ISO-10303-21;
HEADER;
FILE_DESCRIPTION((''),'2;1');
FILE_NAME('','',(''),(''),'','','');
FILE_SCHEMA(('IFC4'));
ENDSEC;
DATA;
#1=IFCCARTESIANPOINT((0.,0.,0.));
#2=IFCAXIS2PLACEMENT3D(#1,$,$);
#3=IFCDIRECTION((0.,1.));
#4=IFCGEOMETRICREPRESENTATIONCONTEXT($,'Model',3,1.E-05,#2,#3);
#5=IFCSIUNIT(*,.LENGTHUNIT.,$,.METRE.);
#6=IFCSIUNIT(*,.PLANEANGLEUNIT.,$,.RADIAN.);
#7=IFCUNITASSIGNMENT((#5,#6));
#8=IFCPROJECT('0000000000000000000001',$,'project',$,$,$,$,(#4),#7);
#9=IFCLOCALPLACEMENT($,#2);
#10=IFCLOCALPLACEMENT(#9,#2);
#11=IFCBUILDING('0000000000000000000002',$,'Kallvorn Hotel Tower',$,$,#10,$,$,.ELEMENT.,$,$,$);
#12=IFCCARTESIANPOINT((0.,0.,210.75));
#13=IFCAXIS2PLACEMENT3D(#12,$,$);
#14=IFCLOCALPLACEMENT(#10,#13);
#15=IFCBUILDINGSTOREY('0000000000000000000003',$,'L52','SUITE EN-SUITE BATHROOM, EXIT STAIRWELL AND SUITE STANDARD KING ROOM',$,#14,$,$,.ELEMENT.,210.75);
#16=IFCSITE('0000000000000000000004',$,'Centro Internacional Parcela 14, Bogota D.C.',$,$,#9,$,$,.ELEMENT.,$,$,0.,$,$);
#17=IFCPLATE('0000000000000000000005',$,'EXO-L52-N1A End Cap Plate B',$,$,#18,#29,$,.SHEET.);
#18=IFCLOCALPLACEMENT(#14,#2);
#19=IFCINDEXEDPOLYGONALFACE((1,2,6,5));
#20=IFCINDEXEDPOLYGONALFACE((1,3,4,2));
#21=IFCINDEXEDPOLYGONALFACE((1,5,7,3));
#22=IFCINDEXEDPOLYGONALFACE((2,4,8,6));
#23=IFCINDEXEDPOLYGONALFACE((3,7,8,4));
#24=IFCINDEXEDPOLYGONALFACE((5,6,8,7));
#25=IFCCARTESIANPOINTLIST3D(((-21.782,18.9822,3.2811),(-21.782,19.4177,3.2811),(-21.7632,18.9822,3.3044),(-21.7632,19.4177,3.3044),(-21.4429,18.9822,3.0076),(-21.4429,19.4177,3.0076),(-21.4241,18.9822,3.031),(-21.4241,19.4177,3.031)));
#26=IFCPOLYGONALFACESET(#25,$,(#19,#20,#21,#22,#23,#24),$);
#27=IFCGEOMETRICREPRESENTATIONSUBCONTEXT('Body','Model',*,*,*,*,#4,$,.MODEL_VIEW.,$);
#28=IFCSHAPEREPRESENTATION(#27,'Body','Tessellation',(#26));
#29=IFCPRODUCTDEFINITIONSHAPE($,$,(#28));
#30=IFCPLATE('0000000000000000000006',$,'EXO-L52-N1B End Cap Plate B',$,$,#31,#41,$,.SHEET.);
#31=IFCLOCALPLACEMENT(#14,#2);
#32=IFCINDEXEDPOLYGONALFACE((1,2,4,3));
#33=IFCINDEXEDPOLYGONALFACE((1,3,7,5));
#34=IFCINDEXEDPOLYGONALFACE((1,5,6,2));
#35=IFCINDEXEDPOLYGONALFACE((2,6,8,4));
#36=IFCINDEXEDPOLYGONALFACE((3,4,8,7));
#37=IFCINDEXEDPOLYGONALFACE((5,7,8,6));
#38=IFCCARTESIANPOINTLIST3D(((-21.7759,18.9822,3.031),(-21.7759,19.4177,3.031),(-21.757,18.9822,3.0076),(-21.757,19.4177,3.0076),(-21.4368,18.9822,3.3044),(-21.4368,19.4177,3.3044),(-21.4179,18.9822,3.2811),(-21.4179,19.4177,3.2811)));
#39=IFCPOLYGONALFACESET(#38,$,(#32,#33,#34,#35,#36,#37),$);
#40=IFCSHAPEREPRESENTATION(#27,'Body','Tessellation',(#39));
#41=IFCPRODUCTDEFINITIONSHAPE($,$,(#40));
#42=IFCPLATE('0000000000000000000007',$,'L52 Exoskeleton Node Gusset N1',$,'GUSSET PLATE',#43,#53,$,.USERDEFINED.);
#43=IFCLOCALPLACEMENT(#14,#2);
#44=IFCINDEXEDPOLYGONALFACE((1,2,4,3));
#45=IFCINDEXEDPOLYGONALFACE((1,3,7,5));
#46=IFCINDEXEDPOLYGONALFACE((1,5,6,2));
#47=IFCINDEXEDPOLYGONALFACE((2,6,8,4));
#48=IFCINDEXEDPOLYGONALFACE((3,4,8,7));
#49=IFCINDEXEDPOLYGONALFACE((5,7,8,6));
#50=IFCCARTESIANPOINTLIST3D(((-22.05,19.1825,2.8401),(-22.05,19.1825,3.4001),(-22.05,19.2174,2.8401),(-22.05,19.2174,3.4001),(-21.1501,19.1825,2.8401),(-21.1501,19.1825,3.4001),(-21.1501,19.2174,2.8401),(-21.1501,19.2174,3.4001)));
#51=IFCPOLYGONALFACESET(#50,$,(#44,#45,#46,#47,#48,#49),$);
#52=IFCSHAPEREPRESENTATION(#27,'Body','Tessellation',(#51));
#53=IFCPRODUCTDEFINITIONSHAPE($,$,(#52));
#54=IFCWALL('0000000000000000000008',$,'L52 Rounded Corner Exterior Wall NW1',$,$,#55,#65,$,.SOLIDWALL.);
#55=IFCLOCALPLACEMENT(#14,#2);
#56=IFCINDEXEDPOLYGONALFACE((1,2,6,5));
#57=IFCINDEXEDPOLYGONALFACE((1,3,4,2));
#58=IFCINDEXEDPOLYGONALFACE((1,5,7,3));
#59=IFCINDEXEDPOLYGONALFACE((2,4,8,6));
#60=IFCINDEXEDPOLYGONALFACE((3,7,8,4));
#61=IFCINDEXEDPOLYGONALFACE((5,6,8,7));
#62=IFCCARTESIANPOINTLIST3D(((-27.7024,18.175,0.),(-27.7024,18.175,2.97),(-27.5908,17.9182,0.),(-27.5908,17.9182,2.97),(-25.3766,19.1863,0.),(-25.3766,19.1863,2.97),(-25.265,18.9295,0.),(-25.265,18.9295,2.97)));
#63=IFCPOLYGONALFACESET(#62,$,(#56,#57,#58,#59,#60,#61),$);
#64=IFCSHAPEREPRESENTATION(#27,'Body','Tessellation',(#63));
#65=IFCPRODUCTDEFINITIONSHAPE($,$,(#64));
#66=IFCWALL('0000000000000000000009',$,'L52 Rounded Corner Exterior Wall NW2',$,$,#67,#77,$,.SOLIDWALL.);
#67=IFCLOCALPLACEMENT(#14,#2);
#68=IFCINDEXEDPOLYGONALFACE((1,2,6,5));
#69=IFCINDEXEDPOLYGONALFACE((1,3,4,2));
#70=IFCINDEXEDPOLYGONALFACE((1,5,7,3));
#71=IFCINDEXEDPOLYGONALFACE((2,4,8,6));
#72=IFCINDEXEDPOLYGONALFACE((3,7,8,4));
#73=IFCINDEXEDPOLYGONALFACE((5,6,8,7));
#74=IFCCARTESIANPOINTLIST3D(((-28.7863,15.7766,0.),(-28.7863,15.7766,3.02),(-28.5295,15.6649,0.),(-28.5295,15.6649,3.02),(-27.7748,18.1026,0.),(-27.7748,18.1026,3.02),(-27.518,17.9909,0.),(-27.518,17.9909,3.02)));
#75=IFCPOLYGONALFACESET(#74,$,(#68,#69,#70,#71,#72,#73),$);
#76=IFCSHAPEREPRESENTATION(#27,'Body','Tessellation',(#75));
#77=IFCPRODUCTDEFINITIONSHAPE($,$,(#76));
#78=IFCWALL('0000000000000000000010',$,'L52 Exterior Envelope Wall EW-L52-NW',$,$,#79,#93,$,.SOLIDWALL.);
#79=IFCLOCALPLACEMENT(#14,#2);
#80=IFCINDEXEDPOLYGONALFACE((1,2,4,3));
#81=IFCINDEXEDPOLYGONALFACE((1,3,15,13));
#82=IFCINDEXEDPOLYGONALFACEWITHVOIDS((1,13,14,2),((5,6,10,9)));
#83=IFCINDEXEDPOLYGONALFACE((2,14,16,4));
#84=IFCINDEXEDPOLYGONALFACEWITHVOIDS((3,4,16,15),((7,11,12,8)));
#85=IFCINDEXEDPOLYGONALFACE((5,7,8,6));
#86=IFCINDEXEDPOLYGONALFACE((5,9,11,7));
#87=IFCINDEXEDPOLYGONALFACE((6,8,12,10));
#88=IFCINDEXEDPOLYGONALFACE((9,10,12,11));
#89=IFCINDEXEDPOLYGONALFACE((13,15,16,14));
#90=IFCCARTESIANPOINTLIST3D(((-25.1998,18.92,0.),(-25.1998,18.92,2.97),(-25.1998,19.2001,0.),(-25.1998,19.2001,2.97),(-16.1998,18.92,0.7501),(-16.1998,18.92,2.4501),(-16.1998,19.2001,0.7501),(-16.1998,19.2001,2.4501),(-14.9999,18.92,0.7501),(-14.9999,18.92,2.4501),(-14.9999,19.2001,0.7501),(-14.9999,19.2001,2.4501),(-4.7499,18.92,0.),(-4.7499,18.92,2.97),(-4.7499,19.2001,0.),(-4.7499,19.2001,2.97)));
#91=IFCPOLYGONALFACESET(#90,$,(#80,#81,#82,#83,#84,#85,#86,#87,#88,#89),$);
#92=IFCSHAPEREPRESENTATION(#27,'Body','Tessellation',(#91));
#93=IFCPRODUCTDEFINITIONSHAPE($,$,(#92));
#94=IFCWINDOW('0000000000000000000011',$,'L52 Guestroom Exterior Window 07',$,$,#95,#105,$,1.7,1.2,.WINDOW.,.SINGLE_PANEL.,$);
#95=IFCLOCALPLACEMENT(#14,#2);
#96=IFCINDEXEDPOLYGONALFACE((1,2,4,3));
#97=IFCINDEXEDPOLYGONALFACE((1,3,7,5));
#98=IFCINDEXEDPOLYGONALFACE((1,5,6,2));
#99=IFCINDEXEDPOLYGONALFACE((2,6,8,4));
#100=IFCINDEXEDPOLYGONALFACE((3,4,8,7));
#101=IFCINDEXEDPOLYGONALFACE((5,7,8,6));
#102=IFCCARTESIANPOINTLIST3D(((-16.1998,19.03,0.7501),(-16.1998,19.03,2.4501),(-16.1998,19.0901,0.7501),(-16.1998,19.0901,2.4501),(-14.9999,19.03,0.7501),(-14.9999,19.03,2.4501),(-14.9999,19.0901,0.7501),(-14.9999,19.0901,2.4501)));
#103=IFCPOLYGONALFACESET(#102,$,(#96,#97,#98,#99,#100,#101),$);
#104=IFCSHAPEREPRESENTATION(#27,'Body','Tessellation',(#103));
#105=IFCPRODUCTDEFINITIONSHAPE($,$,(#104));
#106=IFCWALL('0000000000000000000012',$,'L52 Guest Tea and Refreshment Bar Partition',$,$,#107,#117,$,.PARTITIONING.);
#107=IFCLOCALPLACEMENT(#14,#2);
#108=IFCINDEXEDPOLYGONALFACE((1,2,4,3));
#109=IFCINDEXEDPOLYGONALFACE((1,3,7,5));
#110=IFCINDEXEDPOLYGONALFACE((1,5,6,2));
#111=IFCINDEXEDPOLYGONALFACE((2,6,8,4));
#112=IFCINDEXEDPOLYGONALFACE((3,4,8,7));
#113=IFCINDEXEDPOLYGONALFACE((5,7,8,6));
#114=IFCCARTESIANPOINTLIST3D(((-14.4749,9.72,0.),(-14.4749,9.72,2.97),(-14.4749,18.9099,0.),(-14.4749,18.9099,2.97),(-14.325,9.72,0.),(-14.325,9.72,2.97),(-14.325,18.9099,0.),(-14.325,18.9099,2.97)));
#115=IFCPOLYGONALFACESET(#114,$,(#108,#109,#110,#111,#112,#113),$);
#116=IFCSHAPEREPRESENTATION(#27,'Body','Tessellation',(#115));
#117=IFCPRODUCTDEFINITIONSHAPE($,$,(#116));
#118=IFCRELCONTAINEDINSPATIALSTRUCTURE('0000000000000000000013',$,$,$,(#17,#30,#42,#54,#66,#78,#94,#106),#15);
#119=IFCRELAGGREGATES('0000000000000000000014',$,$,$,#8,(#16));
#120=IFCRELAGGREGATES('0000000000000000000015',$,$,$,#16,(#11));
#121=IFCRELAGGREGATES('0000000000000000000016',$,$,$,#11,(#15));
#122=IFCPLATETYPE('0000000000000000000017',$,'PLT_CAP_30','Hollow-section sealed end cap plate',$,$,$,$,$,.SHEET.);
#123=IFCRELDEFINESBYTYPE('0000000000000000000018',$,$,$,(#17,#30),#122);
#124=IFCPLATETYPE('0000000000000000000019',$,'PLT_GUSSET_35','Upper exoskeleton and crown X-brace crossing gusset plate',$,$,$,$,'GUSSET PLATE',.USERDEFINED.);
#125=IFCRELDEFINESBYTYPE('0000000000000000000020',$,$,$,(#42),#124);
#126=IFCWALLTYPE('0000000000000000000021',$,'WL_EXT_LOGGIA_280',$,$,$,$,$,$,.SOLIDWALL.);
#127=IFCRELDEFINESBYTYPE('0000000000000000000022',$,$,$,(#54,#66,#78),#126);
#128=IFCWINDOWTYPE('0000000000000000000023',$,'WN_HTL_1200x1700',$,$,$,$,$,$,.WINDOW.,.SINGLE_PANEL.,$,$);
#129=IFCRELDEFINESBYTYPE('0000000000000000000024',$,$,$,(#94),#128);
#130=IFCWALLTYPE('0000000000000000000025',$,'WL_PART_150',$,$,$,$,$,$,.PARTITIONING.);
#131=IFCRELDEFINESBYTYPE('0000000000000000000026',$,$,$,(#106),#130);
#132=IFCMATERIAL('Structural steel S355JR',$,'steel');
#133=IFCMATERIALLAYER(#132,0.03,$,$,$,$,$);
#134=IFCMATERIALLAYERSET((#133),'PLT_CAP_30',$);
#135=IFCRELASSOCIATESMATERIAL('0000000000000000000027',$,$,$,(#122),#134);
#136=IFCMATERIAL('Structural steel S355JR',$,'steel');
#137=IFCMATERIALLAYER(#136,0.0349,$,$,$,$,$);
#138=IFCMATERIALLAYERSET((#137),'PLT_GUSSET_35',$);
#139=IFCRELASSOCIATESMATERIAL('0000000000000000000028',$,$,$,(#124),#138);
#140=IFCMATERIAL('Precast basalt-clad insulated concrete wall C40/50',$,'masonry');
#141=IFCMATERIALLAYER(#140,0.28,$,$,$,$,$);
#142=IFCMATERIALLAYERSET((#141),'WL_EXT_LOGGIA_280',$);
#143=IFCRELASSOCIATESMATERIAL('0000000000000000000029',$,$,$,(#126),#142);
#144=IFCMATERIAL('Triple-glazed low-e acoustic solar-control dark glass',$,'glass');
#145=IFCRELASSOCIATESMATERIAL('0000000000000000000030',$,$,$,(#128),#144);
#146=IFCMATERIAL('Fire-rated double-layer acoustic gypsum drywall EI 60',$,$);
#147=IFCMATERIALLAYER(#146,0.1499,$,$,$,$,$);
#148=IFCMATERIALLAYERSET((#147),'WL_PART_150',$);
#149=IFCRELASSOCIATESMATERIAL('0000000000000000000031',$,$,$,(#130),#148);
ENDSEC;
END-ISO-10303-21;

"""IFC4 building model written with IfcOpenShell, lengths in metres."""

from ifc_helpers import new_model, si_unit, direction, frame, frame_2d, origin, origin_2d, place, context, subcontext, project, spatial, polyline, rectangle, outline, extrude, material, layer, layer_set, type_object, element, fill, save


model = new_model("IFC4")

# Units and contexts
model_context = context("Model", 3, precision=1e-05, world=origin(), true_north=direction((0.0, 1.0)))
body_context = subcontext(model_context, "Body", "Model", "MODEL_VIEW")
ifc_project = project(units=[si_unit("LENGTHUNIT", "METRE"), si_unit("PLANEANGLEUNIT", "RADIAN")], contexts=[model_context])

# Site, building, storey
site_placement = place(None, origin())
site = spatial("IfcSite", under=ifc_project, at=site_placement, Name="Centro Internacional Parcela 14, Bogota D.C.", CompositionType="ELEMENT", RefElevation=0.0)
building_placement = place(site_placement, origin())
building = spatial("IfcBuilding", under=site, at=building_placement, Name="Kallvorn Hotel Tower", CompositionType="ELEMENT")
storey_placement = place(building_placement, frame((0.0, 0.0, 210.75)))
storey = spatial("IfcBuildingStorey", under=building, at=storey_placement, Name="L52", Description="SUITE EN-SUITE BATHROOM, EXIT STAIRWELL AND SUITE STANDARD KING ROOM", CompositionType="ELEMENT", Elevation=210.75)

# Plates
ifc_material_1 = material(Name="Structural steel S355JR", Category="steel")
ifc_layer_1 = layer(ifc_material_1, 0.03)
ifc_layer_set_1 = layer_set([ifc_layer_1], Name="PLT_CAP_30")
plate_type_1 = type_object("IfcPlateType", Name="PLT_CAP_30", Description="Hollow-section sealed end cap plate", PredefinedType="SHEET", material=ifc_layer_set_1)
for number, where, z_axis, x_axis, name in (
    (1, (-21.4241, 18.9822, 3.031), (0.627698, 0.0, 0.778457), (0.0, 1.0, 0.0), "EXO-L52-N1A End Cap Plate B"),
    (2, (-21.7759, 19.4177, 3.031), (-0.627698, 0.0, 0.778457), (0.0, -1.0, 0.0), "EXO-L52-N1B End Cap Plate B"),
):
    element("IfcPlate", number, at=place(storey_placement, frame(where, z_axis=z_axis, x_axis=x_axis)), inside=storey, type_object=plate_type_1, Name=name, PredefinedType="SHEET", context=body_context, shape_type="SweptSolid", body=[
        extrude(outline(polyline([(0.0, 0.0), (0.4355, 0.0), (0.4355, 0.4356), (0.0, 0.4356), (0.0, 0.0)])), origin(), (0.0, 0.0, -1.0), 0.03),
    ])
ifc_material_2 = material(Name="Structural steel S355JR", Category="steel")
ifc_layer_2 = layer(ifc_material_2, 0.0349)
ifc_layer_set_2 = layer_set([ifc_layer_2], Name="PLT_GUSSET_35")
plate_type_2 = type_object("IfcPlateType", Name="PLT_GUSSET_35", Description="Upper exoskeleton and crown X-brace crossing gusset plate", ElementType="GUSSET PLATE", PredefinedType="USERDEFINED", material=ifc_layer_set_2)
plate_placement = place(storey_placement, frame((-21.6001, 19.2, 2.8401), z_axis=(0.0, 0.0, 1.0), x_axis=(1.0, 0.0, 0.0)))
element("IfcPlate", 3, at=plate_placement, inside=storey, type_object=plate_type_2, Name="L52 Exoskeleton Node Gusset N1", ObjectType="GUSSET PLATE", PredefinedType="USERDEFINED", context=body_context, shape_type="SweptSolid", body=[
    extrude(rectangle(XDim=0.8999, YDim=0.0349, at=origin_2d()), origin(), (0.0, 0.0, 1.0), 0.5601),
])

# Walls
ifc_material_3 = material(Name="Precast basalt-clad insulated concrete wall C40/50", Category="masonry")
ifc_layer_3 = layer(ifc_material_3, 0.28)
ifc_layer_set_3 = layer_set([ifc_layer_3], Name="WL_EXT_LOGGIA_280")
wall_type_1 = type_object("IfcWallType", Name="WL_EXT_LOGGIA_280", PredefinedType="SOLIDWALL", material=ifc_layer_set_3)
wall_1_placement = place(storey_placement, frame((-25.3208, 19.0579, 0.0), z_axis=(0.0, 0.0, 1.0), x_axis=(-0.917061, -0.398747, 0.0)))
element("IfcWall", 4, at=wall_1_placement, inside=storey, type_object=wall_type_1, Name="L52 Rounded Corner Exterior Wall NW1", PredefinedType="SOLIDWALL", context=body_context, shape_type="SweptSolid", body=[
    extrude(rectangle(XDim=2.5361, YDim=0.28, at=frame_2d((1.2681, 0.0))), origin(), (0.0, 0.0, 1.0), 2.97),
])
wall_2_placement = place(storey_placement, frame((-27.6465, 18.0466, 0.0), z_axis=(0.0, 0.0, 1.0), x_axis=(-0.398793, -0.917041, 0.0)))
element("IfcWall", 5, at=wall_2_placement, inside=storey, type_object=wall_type_1, Name="L52 Rounded Corner Exterior Wall NW2", PredefinedType="SOLIDWALL", context=body_context, shape_type="SweptSolid", body=[
    extrude(rectangle(XDim=2.5364, YDim=0.28, at=frame_2d((1.2681, 0.0))), origin(), (0.0, 0.0, 1.0), 3.02),
])

# Wall, opening, window
wall_3_placement = place(storey_placement, frame((-25.2, 19.0601, 0.0), z_axis=(0.0, 0.0, 1.0), x_axis=(1.0, 0.0, 0.0)))
wall_3 = element("IfcWall", 6, at=wall_3_placement, inside=storey, type_object=wall_type_1, Name="L52 Exterior Envelope Wall EW-L52-NW", PredefinedType="SOLIDWALL", context=body_context, shape_type="SweptSolid", body=[
    extrude(rectangle(XDim=20.45, YDim=0.28, at=frame_2d((10.2251, 0.0))), origin(), (0.0, 0.0, 1.0), 2.97),
])
opening_placement = place(wall_3_placement, frame((9.0, 0.0, 0.75)))
opening = element("IfcOpeningElement", 7, at=opening_placement, cuts=wall_3, PredefinedType="OPENING", context=body_context, shape_type="SweptSolid", body=[
    extrude(rectangle(XDim=1.2, YDim=1.7, at=frame_2d((0.6001, 0.8501))), frame((0.0, 0.155, 0.0), z_axis=(0.0, -1.0, 0.0), x_axis=(1.0, 0.0, 0.0)), (0.0, 0.0, 1.0), 0.3101),
])
ifc_material_4 = material(Name="Triple-glazed low-e acoustic solar-control dark glass", Category="glass")
window_type = type_object("IfcWindowType", Name="WN_HTL_1200x1700", PartitioningType="SINGLE_PANEL", PredefinedType="WINDOW", material=ifc_material_4)
window_placement = place(opening_placement, origin())
window = element("IfcWindow", 8, at=window_placement, inside=storey, type_object=window_type, Name="L52 Guestroom Exterior Window 07", OverallHeight=1.7, OverallWidth=1.2, PartitioningType="SINGLE_PANEL", PredefinedType="WINDOW", context=body_context, shape_type="SweptSolid", body=[
    extrude(rectangle(XDim=1.2, YDim=1.7, at=frame_2d((0.6001, 0.8501))), frame((0.0, 0.03, 0.0), z_axis=(0.0, -1.0, 0.0), x_axis=(1.0, 0.0, 0.0)), (0.0, 0.0, 1.0), 0.0601),
])
fill(opening, window)

# Wall
ifc_material_5 = material(Name="Fire-rated double-layer acoustic gypsum drywall EI 60")
ifc_layer_4 = layer(ifc_material_5, 0.1499)
ifc_layer_set_4 = layer_set([ifc_layer_4], Name="WL_PART_150")
wall_type_2 = type_object("IfcWallType", Name="WL_PART_150", PredefinedType="PARTITIONING", material=ifc_layer_set_4)
wall_4_placement = place(storey_placement, frame((-14.3999, 9.72, 0.0), z_axis=(0.0, 0.0, 1.0), x_axis=(0.0, 1.0, 0.0)))
element("IfcWall", 9, at=wall_4_placement, inside=storey, type_object=wall_type_2, Name="L52 Guest Tea and Refreshment Bar Partition", PredefinedType="PARTITIONING", context=body_context, shape_type="SweptSolid", body=[
    extrude(rectangle(XDim=9.1899, YDim=0.1499, at=frame_2d((4.595, 0.0))), origin(), (0.0, 0.0, 1.0), 2.97),
])

save(model, "model.ifc")
